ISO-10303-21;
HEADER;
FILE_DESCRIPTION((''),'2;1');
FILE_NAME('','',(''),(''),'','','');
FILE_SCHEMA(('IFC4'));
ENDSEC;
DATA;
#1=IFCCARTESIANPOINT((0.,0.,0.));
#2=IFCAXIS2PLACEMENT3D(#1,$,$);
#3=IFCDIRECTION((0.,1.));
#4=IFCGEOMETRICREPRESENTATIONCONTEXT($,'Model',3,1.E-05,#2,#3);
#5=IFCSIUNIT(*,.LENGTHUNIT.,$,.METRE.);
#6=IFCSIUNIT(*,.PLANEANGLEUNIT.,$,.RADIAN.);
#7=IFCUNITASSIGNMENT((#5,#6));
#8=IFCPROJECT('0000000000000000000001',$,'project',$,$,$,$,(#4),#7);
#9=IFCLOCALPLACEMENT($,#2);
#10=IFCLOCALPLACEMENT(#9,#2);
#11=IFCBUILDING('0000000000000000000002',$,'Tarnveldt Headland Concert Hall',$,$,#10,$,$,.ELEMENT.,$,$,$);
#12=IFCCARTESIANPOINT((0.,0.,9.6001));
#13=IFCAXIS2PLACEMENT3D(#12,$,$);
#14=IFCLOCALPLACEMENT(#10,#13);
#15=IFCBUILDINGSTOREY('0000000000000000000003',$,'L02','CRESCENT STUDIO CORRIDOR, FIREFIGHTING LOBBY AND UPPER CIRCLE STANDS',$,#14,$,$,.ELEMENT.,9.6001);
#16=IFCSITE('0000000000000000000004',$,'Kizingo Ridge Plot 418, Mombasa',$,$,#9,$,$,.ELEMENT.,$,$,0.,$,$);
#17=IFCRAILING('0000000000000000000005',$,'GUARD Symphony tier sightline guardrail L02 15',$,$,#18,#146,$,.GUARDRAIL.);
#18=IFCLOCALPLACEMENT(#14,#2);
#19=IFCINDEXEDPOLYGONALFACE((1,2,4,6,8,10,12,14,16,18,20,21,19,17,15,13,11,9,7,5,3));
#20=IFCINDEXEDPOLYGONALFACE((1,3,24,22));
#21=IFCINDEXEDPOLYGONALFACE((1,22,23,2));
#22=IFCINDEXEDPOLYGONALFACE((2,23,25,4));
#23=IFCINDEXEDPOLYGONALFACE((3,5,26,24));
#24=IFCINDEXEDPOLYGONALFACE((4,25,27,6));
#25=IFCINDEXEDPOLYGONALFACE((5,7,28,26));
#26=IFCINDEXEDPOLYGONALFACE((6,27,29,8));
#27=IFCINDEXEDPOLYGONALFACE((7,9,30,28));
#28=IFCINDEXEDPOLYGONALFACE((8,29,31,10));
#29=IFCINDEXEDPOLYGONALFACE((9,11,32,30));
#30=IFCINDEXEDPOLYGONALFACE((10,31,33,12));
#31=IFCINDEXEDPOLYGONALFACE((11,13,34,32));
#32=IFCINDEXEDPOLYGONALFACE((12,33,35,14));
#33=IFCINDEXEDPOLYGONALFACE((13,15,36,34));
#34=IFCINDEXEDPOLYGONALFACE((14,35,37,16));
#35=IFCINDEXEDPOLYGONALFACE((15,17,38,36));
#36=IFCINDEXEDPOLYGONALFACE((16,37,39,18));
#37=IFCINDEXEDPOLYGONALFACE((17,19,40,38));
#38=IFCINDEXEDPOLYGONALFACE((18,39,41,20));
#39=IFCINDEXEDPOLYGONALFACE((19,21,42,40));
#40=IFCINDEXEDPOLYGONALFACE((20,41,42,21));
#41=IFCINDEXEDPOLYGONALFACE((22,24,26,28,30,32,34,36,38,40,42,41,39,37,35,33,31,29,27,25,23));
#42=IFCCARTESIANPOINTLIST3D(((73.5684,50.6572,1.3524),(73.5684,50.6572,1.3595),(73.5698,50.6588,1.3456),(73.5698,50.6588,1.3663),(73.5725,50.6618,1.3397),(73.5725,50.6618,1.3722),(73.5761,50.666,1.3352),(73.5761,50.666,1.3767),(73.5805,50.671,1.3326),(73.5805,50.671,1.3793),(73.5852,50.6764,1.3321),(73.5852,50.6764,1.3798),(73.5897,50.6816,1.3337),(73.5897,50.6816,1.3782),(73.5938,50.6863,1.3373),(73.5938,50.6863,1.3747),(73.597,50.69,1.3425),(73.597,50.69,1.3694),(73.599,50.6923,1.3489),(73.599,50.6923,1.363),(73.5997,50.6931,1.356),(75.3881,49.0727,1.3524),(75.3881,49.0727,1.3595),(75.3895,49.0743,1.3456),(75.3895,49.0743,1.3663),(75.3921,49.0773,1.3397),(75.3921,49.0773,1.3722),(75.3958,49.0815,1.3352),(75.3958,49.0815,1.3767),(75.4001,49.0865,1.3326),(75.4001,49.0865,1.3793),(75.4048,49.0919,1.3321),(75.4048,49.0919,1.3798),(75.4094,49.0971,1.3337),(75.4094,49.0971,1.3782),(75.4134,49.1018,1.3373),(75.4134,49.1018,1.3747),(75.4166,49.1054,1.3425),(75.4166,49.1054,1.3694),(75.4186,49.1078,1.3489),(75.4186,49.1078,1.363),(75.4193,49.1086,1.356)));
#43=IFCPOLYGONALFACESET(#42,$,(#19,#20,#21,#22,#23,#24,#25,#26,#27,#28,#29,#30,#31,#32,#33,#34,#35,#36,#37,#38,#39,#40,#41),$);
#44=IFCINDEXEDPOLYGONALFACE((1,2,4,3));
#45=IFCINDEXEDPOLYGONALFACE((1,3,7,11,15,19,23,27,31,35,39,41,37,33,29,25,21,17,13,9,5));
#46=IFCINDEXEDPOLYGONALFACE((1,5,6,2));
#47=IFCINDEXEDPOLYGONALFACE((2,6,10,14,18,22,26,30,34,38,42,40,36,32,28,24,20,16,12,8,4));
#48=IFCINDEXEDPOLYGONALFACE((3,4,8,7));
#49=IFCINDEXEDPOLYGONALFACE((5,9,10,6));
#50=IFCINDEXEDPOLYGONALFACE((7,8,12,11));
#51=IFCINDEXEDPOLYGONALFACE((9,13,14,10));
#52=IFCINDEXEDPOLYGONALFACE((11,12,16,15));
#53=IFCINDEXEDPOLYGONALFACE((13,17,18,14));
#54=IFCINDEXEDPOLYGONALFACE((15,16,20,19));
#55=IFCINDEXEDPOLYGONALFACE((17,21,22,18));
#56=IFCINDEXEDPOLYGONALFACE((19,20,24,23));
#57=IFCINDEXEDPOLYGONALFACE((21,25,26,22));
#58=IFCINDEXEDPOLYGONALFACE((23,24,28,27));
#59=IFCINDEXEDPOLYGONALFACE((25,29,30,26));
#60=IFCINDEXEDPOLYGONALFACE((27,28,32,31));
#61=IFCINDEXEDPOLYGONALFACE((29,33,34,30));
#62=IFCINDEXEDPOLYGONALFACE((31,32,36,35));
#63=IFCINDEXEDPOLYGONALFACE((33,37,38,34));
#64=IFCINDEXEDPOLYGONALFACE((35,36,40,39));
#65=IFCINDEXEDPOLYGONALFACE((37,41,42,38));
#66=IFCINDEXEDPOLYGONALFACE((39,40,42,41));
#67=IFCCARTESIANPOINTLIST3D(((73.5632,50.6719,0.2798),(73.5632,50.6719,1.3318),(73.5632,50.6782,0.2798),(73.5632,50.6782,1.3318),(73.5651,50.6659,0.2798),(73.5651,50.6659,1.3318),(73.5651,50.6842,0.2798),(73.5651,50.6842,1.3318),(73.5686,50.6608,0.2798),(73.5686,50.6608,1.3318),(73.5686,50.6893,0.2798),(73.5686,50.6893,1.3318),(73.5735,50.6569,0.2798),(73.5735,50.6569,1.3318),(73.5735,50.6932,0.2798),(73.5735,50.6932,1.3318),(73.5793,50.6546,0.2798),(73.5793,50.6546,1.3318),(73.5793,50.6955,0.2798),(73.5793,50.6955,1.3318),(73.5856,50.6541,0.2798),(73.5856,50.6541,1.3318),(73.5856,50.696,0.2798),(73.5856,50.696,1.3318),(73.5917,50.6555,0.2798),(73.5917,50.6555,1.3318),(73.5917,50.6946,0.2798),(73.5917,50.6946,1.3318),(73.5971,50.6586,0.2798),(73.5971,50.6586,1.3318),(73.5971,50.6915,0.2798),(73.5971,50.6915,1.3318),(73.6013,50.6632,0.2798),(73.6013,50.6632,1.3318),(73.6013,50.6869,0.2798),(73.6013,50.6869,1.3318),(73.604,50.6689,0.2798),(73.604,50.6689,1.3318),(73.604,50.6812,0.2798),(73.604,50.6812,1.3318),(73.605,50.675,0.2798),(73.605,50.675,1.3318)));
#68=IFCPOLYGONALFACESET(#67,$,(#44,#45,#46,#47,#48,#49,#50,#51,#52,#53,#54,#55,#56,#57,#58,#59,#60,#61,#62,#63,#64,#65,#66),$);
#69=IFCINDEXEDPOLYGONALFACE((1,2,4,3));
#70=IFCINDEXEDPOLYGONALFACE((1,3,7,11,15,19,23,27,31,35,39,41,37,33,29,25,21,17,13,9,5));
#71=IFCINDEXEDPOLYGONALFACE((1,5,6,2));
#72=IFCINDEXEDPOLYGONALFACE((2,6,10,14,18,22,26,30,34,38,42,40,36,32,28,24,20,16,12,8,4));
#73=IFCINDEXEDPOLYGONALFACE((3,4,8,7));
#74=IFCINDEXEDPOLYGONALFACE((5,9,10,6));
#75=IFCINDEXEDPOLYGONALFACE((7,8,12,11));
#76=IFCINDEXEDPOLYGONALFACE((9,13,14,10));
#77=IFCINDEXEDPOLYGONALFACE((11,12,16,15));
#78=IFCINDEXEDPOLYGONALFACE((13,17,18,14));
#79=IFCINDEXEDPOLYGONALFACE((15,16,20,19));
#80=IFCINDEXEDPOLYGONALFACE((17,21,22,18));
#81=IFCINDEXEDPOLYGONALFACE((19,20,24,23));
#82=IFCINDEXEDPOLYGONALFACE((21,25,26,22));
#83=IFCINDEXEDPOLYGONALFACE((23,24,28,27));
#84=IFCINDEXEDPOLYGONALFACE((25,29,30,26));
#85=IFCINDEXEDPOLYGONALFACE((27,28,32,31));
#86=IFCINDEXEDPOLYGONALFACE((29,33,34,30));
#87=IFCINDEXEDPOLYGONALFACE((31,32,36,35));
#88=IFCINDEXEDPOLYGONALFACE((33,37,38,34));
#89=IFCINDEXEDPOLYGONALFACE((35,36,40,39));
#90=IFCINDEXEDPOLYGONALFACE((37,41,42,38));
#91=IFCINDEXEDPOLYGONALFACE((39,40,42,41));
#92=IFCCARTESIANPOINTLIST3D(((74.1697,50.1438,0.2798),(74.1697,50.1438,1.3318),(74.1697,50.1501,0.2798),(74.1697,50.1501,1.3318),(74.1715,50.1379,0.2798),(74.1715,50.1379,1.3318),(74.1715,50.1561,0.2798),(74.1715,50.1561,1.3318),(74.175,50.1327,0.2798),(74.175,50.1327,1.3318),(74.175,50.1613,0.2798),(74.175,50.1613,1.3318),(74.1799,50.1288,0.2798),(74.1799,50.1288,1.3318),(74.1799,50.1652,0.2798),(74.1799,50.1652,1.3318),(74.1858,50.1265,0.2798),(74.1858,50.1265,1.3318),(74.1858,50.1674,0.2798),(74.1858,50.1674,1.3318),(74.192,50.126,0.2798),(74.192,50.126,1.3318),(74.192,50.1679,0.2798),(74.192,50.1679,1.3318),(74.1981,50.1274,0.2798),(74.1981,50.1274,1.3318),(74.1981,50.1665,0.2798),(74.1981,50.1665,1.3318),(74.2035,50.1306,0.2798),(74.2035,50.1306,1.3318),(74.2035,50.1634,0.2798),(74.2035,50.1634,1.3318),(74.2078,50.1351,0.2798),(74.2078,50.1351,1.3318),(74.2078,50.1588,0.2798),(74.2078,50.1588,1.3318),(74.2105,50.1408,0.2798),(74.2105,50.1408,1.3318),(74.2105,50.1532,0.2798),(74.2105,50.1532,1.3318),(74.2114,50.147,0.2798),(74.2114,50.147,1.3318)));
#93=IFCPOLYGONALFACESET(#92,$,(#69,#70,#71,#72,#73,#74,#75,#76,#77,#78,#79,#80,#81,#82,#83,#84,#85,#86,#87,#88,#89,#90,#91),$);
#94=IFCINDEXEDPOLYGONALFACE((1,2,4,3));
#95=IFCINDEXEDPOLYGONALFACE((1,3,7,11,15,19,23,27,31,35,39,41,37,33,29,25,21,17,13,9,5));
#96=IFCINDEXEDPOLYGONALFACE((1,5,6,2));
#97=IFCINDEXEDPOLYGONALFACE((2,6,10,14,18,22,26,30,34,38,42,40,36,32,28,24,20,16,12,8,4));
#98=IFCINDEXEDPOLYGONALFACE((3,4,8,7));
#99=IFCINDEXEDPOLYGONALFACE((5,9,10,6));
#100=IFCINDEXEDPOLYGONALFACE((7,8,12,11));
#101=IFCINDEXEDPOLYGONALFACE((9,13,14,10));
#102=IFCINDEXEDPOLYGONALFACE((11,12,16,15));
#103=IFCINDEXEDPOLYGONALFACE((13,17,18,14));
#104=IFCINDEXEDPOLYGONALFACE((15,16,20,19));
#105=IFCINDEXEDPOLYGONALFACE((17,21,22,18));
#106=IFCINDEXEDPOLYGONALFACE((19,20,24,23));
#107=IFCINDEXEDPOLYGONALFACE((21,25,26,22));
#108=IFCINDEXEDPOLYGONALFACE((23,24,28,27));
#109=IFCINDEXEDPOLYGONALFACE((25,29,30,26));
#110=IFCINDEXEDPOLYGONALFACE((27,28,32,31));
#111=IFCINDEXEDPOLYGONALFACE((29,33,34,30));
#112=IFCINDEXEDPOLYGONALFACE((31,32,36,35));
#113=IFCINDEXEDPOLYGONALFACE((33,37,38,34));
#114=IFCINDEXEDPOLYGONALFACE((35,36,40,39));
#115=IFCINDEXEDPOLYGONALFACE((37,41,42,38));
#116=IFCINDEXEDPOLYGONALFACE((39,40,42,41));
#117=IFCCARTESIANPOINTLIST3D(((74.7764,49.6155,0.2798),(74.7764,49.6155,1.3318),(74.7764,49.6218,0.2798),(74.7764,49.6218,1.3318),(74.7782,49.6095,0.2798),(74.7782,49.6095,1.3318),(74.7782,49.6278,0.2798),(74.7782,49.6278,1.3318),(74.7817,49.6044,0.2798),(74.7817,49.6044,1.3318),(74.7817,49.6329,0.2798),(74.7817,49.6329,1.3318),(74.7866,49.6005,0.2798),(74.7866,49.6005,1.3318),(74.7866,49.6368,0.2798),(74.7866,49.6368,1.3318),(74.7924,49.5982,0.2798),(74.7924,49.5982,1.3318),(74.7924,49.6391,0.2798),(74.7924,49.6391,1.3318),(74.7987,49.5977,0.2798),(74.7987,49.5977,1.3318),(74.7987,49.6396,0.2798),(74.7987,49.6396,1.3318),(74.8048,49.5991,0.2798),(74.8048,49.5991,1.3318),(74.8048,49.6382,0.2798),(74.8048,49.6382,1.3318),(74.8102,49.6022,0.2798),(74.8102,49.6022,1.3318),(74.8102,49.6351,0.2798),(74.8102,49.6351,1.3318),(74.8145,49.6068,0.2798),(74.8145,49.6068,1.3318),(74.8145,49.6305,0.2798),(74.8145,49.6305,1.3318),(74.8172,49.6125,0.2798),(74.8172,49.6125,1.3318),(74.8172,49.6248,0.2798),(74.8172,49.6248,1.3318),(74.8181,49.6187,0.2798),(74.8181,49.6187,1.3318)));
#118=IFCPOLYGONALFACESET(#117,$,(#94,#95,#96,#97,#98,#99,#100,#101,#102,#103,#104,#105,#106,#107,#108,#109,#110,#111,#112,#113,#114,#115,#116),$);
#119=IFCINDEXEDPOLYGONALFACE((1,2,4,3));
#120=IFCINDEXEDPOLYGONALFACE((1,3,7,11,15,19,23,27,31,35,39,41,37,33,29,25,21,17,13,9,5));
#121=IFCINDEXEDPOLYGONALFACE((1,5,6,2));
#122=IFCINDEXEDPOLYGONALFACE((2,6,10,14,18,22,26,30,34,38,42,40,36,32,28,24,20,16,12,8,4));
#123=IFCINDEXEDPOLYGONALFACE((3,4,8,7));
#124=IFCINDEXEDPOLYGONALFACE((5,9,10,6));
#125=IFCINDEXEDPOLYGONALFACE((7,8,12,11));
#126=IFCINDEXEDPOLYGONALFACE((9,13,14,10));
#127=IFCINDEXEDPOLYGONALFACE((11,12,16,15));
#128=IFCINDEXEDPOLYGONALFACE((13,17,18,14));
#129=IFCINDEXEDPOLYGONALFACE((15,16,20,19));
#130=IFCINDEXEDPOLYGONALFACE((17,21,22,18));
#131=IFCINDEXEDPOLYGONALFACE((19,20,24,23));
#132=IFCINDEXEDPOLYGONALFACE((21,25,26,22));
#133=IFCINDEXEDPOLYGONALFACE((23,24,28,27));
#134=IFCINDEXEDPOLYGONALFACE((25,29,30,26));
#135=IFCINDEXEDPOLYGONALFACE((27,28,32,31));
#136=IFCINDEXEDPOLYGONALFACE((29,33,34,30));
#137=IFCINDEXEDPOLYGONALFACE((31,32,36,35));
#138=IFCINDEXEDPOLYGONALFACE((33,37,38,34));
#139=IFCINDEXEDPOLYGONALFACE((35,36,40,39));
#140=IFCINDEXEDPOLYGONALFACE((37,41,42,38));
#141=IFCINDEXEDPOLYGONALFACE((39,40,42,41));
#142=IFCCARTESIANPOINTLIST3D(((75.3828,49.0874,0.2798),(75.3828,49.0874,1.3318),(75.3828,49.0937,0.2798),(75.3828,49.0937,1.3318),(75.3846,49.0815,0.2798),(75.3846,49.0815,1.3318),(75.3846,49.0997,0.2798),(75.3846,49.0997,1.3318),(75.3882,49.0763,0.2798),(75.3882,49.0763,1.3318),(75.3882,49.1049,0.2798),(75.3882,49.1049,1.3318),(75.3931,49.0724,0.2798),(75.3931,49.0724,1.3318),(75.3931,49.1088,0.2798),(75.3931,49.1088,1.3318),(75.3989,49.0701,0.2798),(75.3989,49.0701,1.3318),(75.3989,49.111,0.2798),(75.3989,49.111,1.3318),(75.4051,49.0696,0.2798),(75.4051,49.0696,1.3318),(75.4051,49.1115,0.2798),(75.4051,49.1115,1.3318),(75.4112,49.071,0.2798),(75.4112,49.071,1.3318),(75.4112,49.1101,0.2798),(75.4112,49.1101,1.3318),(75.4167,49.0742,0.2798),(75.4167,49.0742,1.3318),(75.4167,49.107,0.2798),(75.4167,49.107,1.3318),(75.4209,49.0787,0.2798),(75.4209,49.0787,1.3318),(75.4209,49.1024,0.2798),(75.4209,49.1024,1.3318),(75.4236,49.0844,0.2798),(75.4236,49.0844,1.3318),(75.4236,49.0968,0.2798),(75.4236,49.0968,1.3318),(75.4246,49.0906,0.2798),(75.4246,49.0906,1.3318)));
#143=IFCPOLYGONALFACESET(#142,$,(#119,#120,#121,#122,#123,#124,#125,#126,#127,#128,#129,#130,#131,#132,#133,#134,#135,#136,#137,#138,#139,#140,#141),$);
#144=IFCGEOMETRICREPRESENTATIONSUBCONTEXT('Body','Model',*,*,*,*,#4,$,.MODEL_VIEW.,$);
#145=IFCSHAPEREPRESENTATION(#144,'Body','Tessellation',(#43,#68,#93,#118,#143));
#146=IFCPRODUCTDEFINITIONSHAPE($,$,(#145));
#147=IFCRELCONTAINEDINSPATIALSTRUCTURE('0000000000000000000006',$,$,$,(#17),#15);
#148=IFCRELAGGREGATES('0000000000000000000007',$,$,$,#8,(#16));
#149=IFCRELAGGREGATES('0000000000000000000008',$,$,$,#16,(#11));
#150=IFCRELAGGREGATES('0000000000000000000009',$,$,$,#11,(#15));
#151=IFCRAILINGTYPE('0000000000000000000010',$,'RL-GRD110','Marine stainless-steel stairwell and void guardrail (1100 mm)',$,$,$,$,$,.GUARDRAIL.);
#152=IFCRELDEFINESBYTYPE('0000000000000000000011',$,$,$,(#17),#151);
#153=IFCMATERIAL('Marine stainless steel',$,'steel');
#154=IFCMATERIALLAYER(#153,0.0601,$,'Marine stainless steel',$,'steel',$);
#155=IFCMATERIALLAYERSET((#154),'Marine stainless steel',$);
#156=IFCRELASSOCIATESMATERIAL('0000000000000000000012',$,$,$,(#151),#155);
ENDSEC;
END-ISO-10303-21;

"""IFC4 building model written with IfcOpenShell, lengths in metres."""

from ifc_helpers import new_model, si_unit, direction, frame, origin, origin_2d, place, context, subcontext, project, spatial, circle, extrude, material, layer, layer_set, type_object, element, save


model = new_model("IFC4")

# Units and contexts
model_context = context("Model", 3, precision=1e-05, world=origin(), true_north=direction((0.0, 1.0)))
body_context = subcontext(model_context, "Body", "Model", "MODEL_VIEW")
ifc_project = project(units=[si_unit("LENGTHUNIT", "METRE"), si_unit("PLANEANGLEUNIT", "RADIAN")], contexts=[model_context])

# Site, building, storey
site_placement = place(None, origin())
site = spatial("IfcSite", under=ifc_project, at=site_placement, Name="Kizingo Ridge Plot 418, Mombasa", CompositionType="ELEMENT", RefElevation=0.0)
building_placement = place(site_placement, origin())
building = spatial("IfcBuilding", under=site, at=building_placement, Name="Tarnveldt Headland Concert Hall", CompositionType="ELEMENT")
storey_placement = place(building_placement, frame((0.0, 0.0, 9.6001)))
storey = spatial("IfcBuildingStorey", under=building, at=storey_placement, Name="L02", Description="CRESCENT STUDIO CORRIDOR, FIREFIGHTING LOBBY AND UPPER CIRCLE STANDS", CompositionType="ELEMENT", Elevation=9.6001)

# Railing
ifc_material_1 = material(Name="Marine stainless steel", Category="steel")
ifc_layer_1 = layer(ifc_material_1, 0.0601, Name="Marine stainless steel", Category="steel")
ifc_layer_set_1 = layer_set([ifc_layer_1], Name="Marine stainless steel")
railing_type = type_object("IfcRailingType", Name="RL-GRD110", Description="Marine stainless-steel stairwell and void guardrail (1100 mm)", PredefinedType="GUARDRAIL", material=ifc_layer_set_1)
railing_1_placement = place(storey_placement, frame((73.584, 50.675, 0.2798)))
element("IfcRailing", 1, at=railing_1_placement, inside=storey, type_object=railing_type, Name="GUARD Symphony tier sightline guardrail L02 15", PredefinedType="GUARDRAIL", context=body_context, shape_type="SweptSolid", body=[
    extrude(circle(Radius=0.0239, at=origin_2d()), frame((0.0, 0.0, 1.0762), z_axis=(0.754148, -0.656705, 0.0), x_axis=(0.656705, 0.754148, 0.0)), (0.0, 0.0, 1.0), 2.4128),
    extrude(circle(Radius=0.021, at=origin_2d()), origin(), (0.0, 0.0, 1.0), 1.052),
    extrude(circle(Radius=0.021, at=origin_2d()), frame((0.6064, -0.5281, 0.0)), (0.0, 0.0, 1.0), 1.052),
    extrude(circle(Radius=0.021, at=origin_2d()), frame((1.2131, -1.0564, 0.0)), (0.0, 0.0, 1.0), 1.052),
    extrude(circle(Radius=0.021, at=origin_2d()), frame((1.8196, -1.5845, 0.0)), (0.0, 0.0, 1.0), 1.052),
])

save(model, "model.ifc")
